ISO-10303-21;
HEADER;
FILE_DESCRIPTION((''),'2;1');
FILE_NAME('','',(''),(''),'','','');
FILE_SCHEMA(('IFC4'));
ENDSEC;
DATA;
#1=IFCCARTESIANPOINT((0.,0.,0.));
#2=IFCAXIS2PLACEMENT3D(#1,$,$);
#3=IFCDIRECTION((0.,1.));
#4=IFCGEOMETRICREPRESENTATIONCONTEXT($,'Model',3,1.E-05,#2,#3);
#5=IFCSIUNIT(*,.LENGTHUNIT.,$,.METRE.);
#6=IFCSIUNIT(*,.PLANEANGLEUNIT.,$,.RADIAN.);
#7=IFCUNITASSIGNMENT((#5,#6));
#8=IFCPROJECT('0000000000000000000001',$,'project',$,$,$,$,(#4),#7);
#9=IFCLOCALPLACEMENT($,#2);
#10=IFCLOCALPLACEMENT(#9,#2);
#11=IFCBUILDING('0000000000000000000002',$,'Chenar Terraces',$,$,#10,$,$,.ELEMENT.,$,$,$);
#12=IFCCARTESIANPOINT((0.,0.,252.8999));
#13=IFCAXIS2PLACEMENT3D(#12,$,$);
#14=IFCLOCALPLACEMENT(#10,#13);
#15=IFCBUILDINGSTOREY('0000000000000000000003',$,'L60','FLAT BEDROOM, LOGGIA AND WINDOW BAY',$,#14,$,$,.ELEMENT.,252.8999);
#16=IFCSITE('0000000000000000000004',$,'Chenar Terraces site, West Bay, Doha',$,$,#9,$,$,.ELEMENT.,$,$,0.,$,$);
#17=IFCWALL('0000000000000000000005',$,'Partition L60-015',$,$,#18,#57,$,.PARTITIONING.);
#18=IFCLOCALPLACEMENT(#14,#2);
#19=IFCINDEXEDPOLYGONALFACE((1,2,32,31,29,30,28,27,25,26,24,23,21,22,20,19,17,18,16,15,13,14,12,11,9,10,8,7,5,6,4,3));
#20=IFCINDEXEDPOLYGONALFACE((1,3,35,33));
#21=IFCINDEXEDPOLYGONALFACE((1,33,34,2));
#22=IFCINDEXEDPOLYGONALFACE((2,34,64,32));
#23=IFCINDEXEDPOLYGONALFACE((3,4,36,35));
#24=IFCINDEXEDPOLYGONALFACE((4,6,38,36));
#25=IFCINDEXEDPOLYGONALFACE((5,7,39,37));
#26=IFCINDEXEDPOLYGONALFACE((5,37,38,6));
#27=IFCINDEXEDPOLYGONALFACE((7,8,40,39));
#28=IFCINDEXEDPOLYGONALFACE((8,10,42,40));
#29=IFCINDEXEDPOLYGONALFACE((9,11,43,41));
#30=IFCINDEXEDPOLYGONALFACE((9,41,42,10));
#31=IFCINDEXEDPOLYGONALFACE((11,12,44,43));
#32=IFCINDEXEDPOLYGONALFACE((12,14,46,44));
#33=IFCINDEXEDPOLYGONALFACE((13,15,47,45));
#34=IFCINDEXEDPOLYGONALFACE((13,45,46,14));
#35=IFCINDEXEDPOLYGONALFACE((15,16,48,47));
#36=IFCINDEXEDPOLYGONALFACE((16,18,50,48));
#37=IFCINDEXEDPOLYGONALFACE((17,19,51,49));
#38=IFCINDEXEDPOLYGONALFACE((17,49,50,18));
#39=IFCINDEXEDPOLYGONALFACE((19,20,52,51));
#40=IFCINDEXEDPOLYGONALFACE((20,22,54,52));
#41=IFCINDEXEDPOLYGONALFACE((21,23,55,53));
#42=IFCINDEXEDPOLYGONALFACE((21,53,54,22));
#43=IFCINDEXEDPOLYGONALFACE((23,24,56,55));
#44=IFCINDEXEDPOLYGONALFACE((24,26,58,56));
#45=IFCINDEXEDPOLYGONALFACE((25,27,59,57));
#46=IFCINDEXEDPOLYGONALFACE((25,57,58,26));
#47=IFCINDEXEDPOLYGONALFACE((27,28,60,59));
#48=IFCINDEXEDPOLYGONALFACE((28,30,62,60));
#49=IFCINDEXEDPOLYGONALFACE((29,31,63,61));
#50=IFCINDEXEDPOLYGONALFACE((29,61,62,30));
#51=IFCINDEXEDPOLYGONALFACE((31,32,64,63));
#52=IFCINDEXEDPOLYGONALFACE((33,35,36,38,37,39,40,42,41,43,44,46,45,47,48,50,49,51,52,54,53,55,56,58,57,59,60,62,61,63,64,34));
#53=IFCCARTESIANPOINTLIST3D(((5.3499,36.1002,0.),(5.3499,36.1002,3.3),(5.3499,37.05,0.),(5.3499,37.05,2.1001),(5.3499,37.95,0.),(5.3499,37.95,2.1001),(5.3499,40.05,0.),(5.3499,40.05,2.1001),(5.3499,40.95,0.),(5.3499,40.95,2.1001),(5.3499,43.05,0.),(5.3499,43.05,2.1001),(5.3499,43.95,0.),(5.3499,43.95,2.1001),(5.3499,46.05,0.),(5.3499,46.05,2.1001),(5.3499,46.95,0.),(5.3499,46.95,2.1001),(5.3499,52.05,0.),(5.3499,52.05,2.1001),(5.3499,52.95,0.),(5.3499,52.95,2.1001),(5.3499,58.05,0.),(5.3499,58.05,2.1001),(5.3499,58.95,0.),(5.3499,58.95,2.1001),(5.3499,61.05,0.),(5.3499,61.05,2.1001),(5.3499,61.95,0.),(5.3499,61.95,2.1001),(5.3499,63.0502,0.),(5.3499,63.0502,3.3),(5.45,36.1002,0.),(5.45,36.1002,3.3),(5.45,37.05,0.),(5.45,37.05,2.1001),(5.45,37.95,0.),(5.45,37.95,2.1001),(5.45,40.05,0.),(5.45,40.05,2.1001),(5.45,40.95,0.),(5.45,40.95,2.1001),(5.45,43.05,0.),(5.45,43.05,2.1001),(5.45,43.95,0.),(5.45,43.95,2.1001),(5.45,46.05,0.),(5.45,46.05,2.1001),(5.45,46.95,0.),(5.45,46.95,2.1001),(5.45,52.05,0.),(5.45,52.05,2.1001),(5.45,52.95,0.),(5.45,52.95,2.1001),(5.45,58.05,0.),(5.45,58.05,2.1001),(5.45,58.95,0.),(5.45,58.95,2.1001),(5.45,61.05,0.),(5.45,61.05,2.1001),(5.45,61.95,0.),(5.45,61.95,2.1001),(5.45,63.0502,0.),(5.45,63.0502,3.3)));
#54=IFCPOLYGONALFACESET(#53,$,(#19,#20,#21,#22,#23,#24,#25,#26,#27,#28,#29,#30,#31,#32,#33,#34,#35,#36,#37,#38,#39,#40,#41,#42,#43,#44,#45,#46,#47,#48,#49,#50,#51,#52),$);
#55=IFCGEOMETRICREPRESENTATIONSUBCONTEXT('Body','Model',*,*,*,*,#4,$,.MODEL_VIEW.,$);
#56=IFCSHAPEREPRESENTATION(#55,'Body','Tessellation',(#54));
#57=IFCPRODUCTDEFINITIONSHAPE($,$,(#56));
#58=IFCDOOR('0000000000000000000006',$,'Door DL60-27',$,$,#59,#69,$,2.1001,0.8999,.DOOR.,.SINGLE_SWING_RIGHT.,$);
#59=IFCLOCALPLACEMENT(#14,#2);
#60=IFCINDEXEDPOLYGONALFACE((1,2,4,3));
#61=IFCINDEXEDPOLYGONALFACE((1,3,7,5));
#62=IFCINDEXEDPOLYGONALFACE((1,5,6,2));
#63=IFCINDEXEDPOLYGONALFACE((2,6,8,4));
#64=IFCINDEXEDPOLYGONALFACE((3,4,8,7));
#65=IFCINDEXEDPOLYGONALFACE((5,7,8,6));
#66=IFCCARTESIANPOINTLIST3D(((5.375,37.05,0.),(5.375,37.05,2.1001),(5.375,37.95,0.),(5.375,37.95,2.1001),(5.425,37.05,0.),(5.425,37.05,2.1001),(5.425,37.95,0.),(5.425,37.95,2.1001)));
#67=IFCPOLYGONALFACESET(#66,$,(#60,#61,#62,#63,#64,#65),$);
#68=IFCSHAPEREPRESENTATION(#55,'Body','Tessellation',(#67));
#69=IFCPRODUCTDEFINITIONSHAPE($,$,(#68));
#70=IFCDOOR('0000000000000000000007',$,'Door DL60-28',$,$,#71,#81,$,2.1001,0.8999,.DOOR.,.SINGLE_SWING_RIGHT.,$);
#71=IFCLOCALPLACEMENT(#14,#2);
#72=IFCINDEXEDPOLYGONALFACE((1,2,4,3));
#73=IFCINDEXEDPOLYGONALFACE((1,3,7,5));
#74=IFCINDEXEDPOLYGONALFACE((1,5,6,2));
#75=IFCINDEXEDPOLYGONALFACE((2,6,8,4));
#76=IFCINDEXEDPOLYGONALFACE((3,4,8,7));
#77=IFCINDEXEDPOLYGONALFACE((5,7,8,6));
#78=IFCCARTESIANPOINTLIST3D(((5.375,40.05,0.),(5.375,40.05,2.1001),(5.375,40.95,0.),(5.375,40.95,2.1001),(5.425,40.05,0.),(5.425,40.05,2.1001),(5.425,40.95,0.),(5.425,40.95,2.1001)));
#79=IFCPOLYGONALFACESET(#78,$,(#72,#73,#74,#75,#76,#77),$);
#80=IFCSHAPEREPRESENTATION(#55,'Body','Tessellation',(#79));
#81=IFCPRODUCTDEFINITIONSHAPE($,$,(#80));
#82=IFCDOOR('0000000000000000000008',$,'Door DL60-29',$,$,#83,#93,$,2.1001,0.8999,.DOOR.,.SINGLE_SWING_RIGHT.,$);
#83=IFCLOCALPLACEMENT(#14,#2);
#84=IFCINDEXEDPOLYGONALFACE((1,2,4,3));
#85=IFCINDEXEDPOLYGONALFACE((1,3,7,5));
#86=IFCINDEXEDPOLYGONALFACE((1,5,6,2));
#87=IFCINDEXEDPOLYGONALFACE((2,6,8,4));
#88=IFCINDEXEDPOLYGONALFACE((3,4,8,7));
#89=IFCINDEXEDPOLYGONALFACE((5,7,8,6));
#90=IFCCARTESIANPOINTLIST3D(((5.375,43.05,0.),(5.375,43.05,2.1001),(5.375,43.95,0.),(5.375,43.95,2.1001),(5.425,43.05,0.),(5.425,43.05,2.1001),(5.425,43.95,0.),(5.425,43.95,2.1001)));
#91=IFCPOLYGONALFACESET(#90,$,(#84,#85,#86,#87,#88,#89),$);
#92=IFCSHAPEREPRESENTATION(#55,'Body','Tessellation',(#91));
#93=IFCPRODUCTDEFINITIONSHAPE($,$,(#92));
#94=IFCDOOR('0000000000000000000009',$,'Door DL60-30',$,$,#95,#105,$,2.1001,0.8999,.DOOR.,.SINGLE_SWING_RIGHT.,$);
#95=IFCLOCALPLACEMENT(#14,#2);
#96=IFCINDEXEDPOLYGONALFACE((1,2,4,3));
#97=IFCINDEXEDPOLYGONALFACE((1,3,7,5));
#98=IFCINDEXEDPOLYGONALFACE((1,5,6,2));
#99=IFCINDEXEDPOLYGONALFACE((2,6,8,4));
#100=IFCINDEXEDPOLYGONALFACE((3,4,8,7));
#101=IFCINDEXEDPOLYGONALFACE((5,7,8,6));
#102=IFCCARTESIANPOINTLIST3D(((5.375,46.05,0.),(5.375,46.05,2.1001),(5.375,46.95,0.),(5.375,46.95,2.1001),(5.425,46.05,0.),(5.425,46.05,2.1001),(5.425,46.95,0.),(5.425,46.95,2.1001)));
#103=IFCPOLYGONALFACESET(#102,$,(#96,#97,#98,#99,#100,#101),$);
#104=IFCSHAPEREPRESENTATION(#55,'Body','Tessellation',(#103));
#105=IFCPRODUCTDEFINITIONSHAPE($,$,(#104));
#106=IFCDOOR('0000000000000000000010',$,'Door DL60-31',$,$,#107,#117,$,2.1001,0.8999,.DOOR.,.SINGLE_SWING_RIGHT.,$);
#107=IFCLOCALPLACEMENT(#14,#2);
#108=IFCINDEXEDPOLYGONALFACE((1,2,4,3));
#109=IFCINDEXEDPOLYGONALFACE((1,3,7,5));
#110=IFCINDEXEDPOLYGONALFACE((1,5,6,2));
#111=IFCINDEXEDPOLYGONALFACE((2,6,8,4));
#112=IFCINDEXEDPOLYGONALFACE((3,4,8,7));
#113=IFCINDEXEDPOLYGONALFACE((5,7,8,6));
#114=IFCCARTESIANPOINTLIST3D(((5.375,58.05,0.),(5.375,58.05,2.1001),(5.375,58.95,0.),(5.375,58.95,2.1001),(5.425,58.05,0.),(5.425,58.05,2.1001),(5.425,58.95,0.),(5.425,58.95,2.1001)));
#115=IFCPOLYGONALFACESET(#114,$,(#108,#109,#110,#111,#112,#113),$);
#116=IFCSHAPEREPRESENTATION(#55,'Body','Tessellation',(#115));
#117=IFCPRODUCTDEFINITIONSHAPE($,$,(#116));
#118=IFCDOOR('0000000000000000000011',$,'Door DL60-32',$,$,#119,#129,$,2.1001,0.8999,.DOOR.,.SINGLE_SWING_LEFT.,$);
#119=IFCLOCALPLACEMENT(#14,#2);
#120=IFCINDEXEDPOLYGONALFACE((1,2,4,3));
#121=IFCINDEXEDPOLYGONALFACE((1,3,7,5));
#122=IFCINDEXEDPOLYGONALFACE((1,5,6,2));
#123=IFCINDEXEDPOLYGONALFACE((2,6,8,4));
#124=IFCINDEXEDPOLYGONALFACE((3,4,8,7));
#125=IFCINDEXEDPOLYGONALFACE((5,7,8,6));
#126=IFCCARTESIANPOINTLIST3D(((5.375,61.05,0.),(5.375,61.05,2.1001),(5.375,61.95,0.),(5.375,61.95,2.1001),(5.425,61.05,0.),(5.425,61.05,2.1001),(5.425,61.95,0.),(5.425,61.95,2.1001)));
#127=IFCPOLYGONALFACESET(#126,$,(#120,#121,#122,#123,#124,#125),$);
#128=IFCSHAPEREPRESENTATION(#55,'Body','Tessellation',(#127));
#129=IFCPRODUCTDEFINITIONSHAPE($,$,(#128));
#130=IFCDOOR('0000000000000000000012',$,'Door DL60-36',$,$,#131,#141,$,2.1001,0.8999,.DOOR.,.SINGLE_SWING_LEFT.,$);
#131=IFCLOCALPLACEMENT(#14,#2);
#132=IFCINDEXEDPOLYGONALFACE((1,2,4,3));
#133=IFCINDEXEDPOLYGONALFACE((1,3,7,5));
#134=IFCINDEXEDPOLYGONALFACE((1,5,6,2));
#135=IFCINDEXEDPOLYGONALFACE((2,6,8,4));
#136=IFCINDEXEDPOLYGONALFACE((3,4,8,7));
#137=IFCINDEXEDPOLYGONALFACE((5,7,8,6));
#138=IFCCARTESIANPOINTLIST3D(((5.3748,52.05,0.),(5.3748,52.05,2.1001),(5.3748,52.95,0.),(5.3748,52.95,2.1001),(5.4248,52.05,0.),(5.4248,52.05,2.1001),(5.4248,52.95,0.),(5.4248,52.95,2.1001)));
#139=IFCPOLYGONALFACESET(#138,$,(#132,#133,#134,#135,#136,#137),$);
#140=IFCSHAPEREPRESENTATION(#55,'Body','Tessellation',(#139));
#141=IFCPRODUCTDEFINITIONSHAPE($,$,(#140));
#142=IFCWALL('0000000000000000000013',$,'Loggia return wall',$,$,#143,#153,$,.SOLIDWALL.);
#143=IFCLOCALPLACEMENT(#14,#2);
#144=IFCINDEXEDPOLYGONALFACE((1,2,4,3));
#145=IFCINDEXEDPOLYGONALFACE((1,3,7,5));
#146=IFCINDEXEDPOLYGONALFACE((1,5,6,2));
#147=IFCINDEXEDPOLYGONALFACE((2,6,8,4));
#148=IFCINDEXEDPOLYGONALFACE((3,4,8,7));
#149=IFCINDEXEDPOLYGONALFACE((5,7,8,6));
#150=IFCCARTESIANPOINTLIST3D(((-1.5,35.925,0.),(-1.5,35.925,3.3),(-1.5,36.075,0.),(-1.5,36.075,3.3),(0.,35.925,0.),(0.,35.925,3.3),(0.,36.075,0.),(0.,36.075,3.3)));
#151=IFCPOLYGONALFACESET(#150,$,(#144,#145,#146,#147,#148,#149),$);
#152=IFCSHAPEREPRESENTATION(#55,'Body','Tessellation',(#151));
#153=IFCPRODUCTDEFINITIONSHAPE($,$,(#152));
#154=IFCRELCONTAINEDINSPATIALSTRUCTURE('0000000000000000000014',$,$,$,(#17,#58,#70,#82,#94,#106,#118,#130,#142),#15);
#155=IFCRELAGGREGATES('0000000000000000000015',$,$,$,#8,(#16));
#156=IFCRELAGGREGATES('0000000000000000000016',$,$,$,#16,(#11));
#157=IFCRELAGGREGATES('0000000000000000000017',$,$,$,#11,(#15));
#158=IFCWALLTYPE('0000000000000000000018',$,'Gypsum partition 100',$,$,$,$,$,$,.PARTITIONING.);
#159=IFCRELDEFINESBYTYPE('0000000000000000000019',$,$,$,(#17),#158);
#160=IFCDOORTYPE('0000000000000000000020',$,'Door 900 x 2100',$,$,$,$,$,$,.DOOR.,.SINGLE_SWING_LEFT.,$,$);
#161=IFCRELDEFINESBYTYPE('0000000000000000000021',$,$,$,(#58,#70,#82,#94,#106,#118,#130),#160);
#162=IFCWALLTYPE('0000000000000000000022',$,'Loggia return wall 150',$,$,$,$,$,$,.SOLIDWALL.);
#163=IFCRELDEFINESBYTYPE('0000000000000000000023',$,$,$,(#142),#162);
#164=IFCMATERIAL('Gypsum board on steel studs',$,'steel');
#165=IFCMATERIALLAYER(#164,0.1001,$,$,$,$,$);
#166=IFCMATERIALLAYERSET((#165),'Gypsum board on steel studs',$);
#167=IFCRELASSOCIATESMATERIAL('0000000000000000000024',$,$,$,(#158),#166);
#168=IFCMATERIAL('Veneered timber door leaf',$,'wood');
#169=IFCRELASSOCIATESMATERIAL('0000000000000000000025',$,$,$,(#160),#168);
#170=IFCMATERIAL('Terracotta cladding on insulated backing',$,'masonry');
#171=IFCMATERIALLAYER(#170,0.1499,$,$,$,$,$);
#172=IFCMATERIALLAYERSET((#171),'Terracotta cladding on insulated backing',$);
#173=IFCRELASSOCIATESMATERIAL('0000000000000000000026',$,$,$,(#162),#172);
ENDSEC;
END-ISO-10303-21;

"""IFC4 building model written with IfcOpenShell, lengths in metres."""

from ifc_helpers import new_model, si_unit, direction, frame, frame_2d, origin, place, context, subcontext, project, spatial, rectangle, extrude, material, layer, layer_set, type_object, element, fill, save


model = new_model("IFC4")

# Units and contexts
model_context = context("Model", 3, precision=1e-05, world=origin(), true_north=direction((0.0, 1.0)))
body_context = subcontext(model_context, "Body", "Model", "MODEL_VIEW")
ifc_project = project(units=[si_unit("LENGTHUNIT", "METRE"), si_unit("PLANEANGLEUNIT", "RADIAN")], contexts=[model_context])

# Site, building, storey
site_placement = place(None, origin())
site = spatial("IfcSite", under=ifc_project, at=site_placement, Name="Chenar Terraces site, West Bay, Doha", CompositionType="ELEMENT", RefElevation=0.0)
building_placement = place(site_placement, origin())
building = spatial("IfcBuilding", under=site, at=building_placement, Name="Chenar Terraces", CompositionType="ELEMENT")
storey_placement = place(building_placement, frame((0.0, 0.0, 252.8999)))
storey = spatial("IfcBuildingStorey", under=building, at=storey_placement, Name="L60", Description="FLAT BEDROOM, LOGGIA AND WINDOW BAY", CompositionType="ELEMENT", Elevation=252.8999)

# Shared definitions
ifc_material_1 = material(Name="Gypsum board on steel studs", Category="steel")
ifc_layer_1 = layer(ifc_material_1, 0.1001)
ifc_layer_set_1 = layer_set([ifc_layer_1], Name="Gypsum board on steel studs")
wall_type_1 = type_object("IfcWallType", Name="Gypsum partition 100", PredefinedType="PARTITIONING", material=ifc_layer_set_1)

# Wall, openings, doors
wall_1_placement = place(storey_placement, frame((5.3999, 36.1001, 0.0), z_axis=(0.0, 0.0, 1.0), x_axis=(0.0, 1.0, 0.0)))
wall_1 = element("IfcWall", 1, at=wall_1_placement, inside=storey, type_object=wall_type_1, Name="Partition L60-015", PredefinedType="PARTITIONING", context=body_context, shape_type="SweptSolid", body=[
    extrude(rectangle(XDim=26.95, YDim=0.1001, at=frame_2d((13.4751, 0.0))), origin(), (0.0, 0.0, 1.0), 3.3),
])
opening_1_placement = place(wall_1_placement, frame((0.95, 0.0, 0.0)))
opening_1 = element("IfcOpeningElement", 2, at=opening_1_placement, cuts=wall_1, PredefinedType="OPENING", context=body_context, shape_type="SweptSolid", body=[
    extrude(rectangle(XDim=0.8999, YDim=2.1001, at=frame_2d((0.45, 1.05))), frame((0.0, 0.0601, 0.0), z_axis=(0.0, -1.0, 0.0), x_axis=(1.0, 0.0, 0.0)), (0.0, 0.0, 1.0), 0.1201),
])
opening_2_placement = place(wall_1_placement, frame((3.95, 0.0, 0.0)))
opening_2 = element("IfcOpeningElement", 3, at=opening_2_placement, cuts=wall_1, PredefinedType="OPENING", context=body_context, shape_type="SweptSolid", body=[
    extrude(rectangle(XDim=0.8999, YDim=2.1001, at=frame_2d((0.45, 1.05))), frame((0.0, 0.0601, 0.0), z_axis=(0.0, -1.0, 0.0), x_axis=(1.0, 0.0, 0.0)), (0.0, 0.0, 1.0), 0.1201),
])
opening_3_placement = place(wall_1_placement, frame((6.95, 0.0, 0.0)))
opening_3 = element("IfcOpeningElement", 4, at=opening_3_placement, cuts=wall_1, PredefinedType="OPENING", context=body_context, shape_type="SweptSolid", body=[
    extrude(rectangle(XDim=0.8999, YDim=2.1001, at=frame_2d((0.45, 1.05))), frame((0.0, 0.0601, 0.0), z_axis=(0.0, -1.0, 0.0), x_axis=(1.0, 0.0, 0.0)), (0.0, 0.0, 1.0), 0.1201),
])
opening_4_placement = place(wall_1_placement, frame((9.95, 0.0, 0.0)))
opening_4 = element("IfcOpeningElement", 5, at=opening_4_placement, cuts=wall_1, PredefinedType="OPENING", context=body_context, shape_type="SweptSolid", body=[
    extrude(rectangle(XDim=0.8999, YDim=2.1001, at=frame_2d((0.45, 1.05))), frame((0.0, 0.0601, 0.0), z_axis=(0.0, -1.0, 0.0), x_axis=(1.0, 0.0, 0.0)), (0.0, 0.0, 1.0), 0.1201),
])
opening_5_placement = place(wall_1_placement, frame((21.95, 0.0, 0.0)))
opening_5 = element("IfcOpeningElement", 6, at=opening_5_placement, cuts=wall_1, PredefinedType="OPENING", context=body_context, shape_type="SweptSolid", body=[
    extrude(rectangle(XDim=0.8999, YDim=2.1001, at=frame_2d((0.45, 1.05))), frame((0.0, 0.0601, 0.0), z_axis=(0.0, -1.0, 0.0), x_axis=(1.0, 0.0, 0.0)), (0.0, 0.0, 1.0), 0.1201),
])
opening_6_placement = place(wall_1_placement, frame((24.95, 0.0, 0.0)))
opening_6 = element("IfcOpeningElement", 7, at=opening_6_placement, cuts=wall_1, PredefinedType="OPENING", context=body_context, shape_type="SweptSolid", body=[
    extrude(rectangle(XDim=0.8999, YDim=2.1001, at=frame_2d((0.45, 1.05))), frame((0.0, 0.0601, 0.0), z_axis=(0.0, -1.0, 0.0), x_axis=(1.0, 0.0, 0.0)), (0.0, 0.0, 1.0), 0.1201),
])
opening_7_placement = place(wall_1_placement, frame((15.95, 0.0, 0.0)))
opening_7 = element("IfcOpeningElement", 8, at=opening_7_placement, cuts=wall_1, PredefinedType="OPENING", context=body_context, shape_type="SweptSolid", body=[
    extrude(rectangle(XDim=0.8999, YDim=2.1001, at=frame_2d((0.45, 1.05))), frame((0.0, 0.0601, 0.0), z_axis=(0.0, -1.0, 0.0), x_axis=(1.0, 0.0, 0.0)), (0.0, 0.0, 1.0), 0.1201),
])
ifc_material_2 = material(Name="Veneered timber door leaf", Category="wood")
door_type_1 = type_object("IfcDoorType", Name="Door 900 x 2100", OperationType="SINGLE_SWING_LEFT", PredefinedType="DOOR", material=ifc_material_2)
door_1_placement = place(opening_1_placement, origin())
door_1 = element("IfcDoor", 9, at=door_1_placement, inside=storey, type_object=door_type_1, Name="Door DL60-27", OperationType="SINGLE_SWING_RIGHT", OverallHeight=2.1001, OverallWidth=0.8999, PredefinedType="DOOR", context=body_context, shape_type="SweptSolid", body=[
    extrude(rectangle(XDim=0.8999, YDim=2.1001, at=frame_2d((0.45, 1.05))), frame((0.0, 0.0249, 0.0), z_axis=(0.0, -1.0, 0.0), x_axis=(1.0, 0.0, 0.0)), (0.0, 0.0, 1.0), 0.05),
])
fill(opening_1, door_1)
door_2_placement = place(opening_2_placement, origin())
door_2 = element("IfcDoor", 10, at=door_2_placement, inside=storey, type_object=door_type_1, Name="Door DL60-28", OperationType="SINGLE_SWING_RIGHT", OverallHeight=2.1001, OverallWidth=0.8999, PredefinedType="DOOR", context=body_context, shape_type="SweptSolid", body=[
    extrude(rectangle(XDim=0.8999, YDim=2.1001, at=frame_2d((0.45, 1.05))), frame((0.0, 0.0249, 0.0), z_axis=(0.0, -1.0, 0.0), x_axis=(1.0, 0.0, 0.0)), (0.0, 0.0, 1.0), 0.05),
])
fill(opening_2, door_2)
door_3_placement = place(opening_3_placement, origin())
door_3 = element("IfcDoor", 11, at=door_3_placement, inside=storey, type_object=door_type_1, Name="Door DL60-29", OperationType="SINGLE_SWING_RIGHT", OverallHeight=2.1001, OverallWidth=0.8999, PredefinedType="DOOR", context=body_context, shape_type="SweptSolid", body=[
    extrude(rectangle(XDim=0.8999, YDim=2.1001, at=frame_2d((0.45, 1.05))), frame((0.0, 0.0249, 0.0), z_axis=(0.0, -1.0, 0.0), x_axis=(1.0, 0.0, 0.0)), (0.0, 0.0, 1.0), 0.05),
])
fill(opening_3, door_3)
door_4_placement = place(opening_4_placement, origin())
door_4 = element("IfcDoor", 12, at=door_4_placement, inside=storey, type_object=door_type_1, Name="Door DL60-30", OperationType="SINGLE_SWING_RIGHT", OverallHeight=2.1001, OverallWidth=0.8999, PredefinedType="DOOR", context=body_context, shape_type="SweptSolid", body=[
    extrude(rectangle(XDim=0.8999, YDim=2.1001, at=frame_2d((0.45, 1.05))), frame((0.0, 0.0249, 0.0), z_axis=(0.0, -1.0, 0.0), x_axis=(1.0, 0.0, 0.0)), (0.0, 0.0, 1.0), 0.05),
])
fill(opening_4, door_4)
door_5_placement = place(opening_5_placement, origin())
door_5 = element("IfcDoor", 13, at=door_5_placement, inside=storey, type_object=door_type_1, Name="Door DL60-31", OperationType="SINGLE_SWING_RIGHT", OverallHeight=2.1001, OverallWidth=0.8999, PredefinedType="DOOR", context=body_context, shape_type="SweptSolid", body=[
    extrude(rectangle(XDim=0.8999, YDim=2.1001, at=frame_2d((0.45, 1.05))), frame((0.0, 0.0249, 0.0), z_axis=(0.0, -1.0, 0.0), x_axis=(1.0, 0.0, 0.0)), (0.0, 0.0, 1.0), 0.05),
])
fill(opening_5, door_5)
door_6_placement = place(opening_6_placement, origin())
door_6 = element("IfcDoor", 14, at=door_6_placement, inside=storey, type_object=door_type_1, Name="Door DL60-32", OperationType="SINGLE_SWING_LEFT", OverallHeight=2.1001, OverallWidth=0.8999, PredefinedType="DOOR", context=body_context, shape_type="SweptSolid", body=[
    extrude(rectangle(XDim=0.8999, YDim=2.1001, at=frame_2d((0.45, 1.05))), frame((0.0, 0.0249, 0.0), z_axis=(0.0, -1.0, 0.0), x_axis=(1.0, 0.0, 0.0)), (0.0, 0.0, 1.0), 0.05),
])
fill(opening_6, door_6)
door_7_placement = place(opening_7_placement, frame((0.8999, 0.0, 0.0), z_axis=(0.0, 0.0, 1.0), x_axis=(-1.0, 0.0, 0.0)))
door_7 = element("IfcDoor", 15, at=door_7_placement, inside=storey, type_object=door_type_1, Name="Door DL60-36", OperationType="SINGLE_SWING_LEFT", OverallHeight=2.1001, OverallWidth=0.8999, PredefinedType="DOOR", context=body_context, shape_type="SweptSolid", body=[
    extrude(rectangle(XDim=0.8999, YDim=2.1001, at=frame_2d((0.45, 1.05))), frame((0.0, 0.0249, 0.0), z_axis=(0.0, -1.0, 0.0), x_axis=(1.0, 0.0, 0.0)), (0.0, 0.0, 1.0), 0.05),
])
fill(opening_7, door_7)

# Wall
ifc_material_3 = material(Name="Terracotta cladding on insulated backing", Category="masonry")
ifc_layer_2 = layer(ifc_material_3, 0.1499)
ifc_layer_set_2 = layer_set([ifc_layer_2], Name="Terracotta cladding on insulated backing")
wall_type_2 = type_object("IfcWallType", Name="Loggia return wall 150", PredefinedType="SOLIDWALL", material=ifc_layer_set_2)
wall_2_placement = place(storey_placement, frame((-1.5, 36.0, 0.0), z_axis=(0.0, 0.0, 1.0), x_axis=(1.0, 0.0, 0.0)))
element("IfcWall", 16, at=wall_2_placement, inside=storey, type_object=wall_type_2, Name="Loggia return wall", PredefinedType="SOLIDWALL", context=body_context, shape_type="SweptSolid", body=[
    extrude(rectangle(XDim=1.5, YDim=0.1499, at=frame_2d((0.75, 0.0))), origin(), (0.0, 0.0, 1.0), 3.3),
])

save(model, "model.ifc")
